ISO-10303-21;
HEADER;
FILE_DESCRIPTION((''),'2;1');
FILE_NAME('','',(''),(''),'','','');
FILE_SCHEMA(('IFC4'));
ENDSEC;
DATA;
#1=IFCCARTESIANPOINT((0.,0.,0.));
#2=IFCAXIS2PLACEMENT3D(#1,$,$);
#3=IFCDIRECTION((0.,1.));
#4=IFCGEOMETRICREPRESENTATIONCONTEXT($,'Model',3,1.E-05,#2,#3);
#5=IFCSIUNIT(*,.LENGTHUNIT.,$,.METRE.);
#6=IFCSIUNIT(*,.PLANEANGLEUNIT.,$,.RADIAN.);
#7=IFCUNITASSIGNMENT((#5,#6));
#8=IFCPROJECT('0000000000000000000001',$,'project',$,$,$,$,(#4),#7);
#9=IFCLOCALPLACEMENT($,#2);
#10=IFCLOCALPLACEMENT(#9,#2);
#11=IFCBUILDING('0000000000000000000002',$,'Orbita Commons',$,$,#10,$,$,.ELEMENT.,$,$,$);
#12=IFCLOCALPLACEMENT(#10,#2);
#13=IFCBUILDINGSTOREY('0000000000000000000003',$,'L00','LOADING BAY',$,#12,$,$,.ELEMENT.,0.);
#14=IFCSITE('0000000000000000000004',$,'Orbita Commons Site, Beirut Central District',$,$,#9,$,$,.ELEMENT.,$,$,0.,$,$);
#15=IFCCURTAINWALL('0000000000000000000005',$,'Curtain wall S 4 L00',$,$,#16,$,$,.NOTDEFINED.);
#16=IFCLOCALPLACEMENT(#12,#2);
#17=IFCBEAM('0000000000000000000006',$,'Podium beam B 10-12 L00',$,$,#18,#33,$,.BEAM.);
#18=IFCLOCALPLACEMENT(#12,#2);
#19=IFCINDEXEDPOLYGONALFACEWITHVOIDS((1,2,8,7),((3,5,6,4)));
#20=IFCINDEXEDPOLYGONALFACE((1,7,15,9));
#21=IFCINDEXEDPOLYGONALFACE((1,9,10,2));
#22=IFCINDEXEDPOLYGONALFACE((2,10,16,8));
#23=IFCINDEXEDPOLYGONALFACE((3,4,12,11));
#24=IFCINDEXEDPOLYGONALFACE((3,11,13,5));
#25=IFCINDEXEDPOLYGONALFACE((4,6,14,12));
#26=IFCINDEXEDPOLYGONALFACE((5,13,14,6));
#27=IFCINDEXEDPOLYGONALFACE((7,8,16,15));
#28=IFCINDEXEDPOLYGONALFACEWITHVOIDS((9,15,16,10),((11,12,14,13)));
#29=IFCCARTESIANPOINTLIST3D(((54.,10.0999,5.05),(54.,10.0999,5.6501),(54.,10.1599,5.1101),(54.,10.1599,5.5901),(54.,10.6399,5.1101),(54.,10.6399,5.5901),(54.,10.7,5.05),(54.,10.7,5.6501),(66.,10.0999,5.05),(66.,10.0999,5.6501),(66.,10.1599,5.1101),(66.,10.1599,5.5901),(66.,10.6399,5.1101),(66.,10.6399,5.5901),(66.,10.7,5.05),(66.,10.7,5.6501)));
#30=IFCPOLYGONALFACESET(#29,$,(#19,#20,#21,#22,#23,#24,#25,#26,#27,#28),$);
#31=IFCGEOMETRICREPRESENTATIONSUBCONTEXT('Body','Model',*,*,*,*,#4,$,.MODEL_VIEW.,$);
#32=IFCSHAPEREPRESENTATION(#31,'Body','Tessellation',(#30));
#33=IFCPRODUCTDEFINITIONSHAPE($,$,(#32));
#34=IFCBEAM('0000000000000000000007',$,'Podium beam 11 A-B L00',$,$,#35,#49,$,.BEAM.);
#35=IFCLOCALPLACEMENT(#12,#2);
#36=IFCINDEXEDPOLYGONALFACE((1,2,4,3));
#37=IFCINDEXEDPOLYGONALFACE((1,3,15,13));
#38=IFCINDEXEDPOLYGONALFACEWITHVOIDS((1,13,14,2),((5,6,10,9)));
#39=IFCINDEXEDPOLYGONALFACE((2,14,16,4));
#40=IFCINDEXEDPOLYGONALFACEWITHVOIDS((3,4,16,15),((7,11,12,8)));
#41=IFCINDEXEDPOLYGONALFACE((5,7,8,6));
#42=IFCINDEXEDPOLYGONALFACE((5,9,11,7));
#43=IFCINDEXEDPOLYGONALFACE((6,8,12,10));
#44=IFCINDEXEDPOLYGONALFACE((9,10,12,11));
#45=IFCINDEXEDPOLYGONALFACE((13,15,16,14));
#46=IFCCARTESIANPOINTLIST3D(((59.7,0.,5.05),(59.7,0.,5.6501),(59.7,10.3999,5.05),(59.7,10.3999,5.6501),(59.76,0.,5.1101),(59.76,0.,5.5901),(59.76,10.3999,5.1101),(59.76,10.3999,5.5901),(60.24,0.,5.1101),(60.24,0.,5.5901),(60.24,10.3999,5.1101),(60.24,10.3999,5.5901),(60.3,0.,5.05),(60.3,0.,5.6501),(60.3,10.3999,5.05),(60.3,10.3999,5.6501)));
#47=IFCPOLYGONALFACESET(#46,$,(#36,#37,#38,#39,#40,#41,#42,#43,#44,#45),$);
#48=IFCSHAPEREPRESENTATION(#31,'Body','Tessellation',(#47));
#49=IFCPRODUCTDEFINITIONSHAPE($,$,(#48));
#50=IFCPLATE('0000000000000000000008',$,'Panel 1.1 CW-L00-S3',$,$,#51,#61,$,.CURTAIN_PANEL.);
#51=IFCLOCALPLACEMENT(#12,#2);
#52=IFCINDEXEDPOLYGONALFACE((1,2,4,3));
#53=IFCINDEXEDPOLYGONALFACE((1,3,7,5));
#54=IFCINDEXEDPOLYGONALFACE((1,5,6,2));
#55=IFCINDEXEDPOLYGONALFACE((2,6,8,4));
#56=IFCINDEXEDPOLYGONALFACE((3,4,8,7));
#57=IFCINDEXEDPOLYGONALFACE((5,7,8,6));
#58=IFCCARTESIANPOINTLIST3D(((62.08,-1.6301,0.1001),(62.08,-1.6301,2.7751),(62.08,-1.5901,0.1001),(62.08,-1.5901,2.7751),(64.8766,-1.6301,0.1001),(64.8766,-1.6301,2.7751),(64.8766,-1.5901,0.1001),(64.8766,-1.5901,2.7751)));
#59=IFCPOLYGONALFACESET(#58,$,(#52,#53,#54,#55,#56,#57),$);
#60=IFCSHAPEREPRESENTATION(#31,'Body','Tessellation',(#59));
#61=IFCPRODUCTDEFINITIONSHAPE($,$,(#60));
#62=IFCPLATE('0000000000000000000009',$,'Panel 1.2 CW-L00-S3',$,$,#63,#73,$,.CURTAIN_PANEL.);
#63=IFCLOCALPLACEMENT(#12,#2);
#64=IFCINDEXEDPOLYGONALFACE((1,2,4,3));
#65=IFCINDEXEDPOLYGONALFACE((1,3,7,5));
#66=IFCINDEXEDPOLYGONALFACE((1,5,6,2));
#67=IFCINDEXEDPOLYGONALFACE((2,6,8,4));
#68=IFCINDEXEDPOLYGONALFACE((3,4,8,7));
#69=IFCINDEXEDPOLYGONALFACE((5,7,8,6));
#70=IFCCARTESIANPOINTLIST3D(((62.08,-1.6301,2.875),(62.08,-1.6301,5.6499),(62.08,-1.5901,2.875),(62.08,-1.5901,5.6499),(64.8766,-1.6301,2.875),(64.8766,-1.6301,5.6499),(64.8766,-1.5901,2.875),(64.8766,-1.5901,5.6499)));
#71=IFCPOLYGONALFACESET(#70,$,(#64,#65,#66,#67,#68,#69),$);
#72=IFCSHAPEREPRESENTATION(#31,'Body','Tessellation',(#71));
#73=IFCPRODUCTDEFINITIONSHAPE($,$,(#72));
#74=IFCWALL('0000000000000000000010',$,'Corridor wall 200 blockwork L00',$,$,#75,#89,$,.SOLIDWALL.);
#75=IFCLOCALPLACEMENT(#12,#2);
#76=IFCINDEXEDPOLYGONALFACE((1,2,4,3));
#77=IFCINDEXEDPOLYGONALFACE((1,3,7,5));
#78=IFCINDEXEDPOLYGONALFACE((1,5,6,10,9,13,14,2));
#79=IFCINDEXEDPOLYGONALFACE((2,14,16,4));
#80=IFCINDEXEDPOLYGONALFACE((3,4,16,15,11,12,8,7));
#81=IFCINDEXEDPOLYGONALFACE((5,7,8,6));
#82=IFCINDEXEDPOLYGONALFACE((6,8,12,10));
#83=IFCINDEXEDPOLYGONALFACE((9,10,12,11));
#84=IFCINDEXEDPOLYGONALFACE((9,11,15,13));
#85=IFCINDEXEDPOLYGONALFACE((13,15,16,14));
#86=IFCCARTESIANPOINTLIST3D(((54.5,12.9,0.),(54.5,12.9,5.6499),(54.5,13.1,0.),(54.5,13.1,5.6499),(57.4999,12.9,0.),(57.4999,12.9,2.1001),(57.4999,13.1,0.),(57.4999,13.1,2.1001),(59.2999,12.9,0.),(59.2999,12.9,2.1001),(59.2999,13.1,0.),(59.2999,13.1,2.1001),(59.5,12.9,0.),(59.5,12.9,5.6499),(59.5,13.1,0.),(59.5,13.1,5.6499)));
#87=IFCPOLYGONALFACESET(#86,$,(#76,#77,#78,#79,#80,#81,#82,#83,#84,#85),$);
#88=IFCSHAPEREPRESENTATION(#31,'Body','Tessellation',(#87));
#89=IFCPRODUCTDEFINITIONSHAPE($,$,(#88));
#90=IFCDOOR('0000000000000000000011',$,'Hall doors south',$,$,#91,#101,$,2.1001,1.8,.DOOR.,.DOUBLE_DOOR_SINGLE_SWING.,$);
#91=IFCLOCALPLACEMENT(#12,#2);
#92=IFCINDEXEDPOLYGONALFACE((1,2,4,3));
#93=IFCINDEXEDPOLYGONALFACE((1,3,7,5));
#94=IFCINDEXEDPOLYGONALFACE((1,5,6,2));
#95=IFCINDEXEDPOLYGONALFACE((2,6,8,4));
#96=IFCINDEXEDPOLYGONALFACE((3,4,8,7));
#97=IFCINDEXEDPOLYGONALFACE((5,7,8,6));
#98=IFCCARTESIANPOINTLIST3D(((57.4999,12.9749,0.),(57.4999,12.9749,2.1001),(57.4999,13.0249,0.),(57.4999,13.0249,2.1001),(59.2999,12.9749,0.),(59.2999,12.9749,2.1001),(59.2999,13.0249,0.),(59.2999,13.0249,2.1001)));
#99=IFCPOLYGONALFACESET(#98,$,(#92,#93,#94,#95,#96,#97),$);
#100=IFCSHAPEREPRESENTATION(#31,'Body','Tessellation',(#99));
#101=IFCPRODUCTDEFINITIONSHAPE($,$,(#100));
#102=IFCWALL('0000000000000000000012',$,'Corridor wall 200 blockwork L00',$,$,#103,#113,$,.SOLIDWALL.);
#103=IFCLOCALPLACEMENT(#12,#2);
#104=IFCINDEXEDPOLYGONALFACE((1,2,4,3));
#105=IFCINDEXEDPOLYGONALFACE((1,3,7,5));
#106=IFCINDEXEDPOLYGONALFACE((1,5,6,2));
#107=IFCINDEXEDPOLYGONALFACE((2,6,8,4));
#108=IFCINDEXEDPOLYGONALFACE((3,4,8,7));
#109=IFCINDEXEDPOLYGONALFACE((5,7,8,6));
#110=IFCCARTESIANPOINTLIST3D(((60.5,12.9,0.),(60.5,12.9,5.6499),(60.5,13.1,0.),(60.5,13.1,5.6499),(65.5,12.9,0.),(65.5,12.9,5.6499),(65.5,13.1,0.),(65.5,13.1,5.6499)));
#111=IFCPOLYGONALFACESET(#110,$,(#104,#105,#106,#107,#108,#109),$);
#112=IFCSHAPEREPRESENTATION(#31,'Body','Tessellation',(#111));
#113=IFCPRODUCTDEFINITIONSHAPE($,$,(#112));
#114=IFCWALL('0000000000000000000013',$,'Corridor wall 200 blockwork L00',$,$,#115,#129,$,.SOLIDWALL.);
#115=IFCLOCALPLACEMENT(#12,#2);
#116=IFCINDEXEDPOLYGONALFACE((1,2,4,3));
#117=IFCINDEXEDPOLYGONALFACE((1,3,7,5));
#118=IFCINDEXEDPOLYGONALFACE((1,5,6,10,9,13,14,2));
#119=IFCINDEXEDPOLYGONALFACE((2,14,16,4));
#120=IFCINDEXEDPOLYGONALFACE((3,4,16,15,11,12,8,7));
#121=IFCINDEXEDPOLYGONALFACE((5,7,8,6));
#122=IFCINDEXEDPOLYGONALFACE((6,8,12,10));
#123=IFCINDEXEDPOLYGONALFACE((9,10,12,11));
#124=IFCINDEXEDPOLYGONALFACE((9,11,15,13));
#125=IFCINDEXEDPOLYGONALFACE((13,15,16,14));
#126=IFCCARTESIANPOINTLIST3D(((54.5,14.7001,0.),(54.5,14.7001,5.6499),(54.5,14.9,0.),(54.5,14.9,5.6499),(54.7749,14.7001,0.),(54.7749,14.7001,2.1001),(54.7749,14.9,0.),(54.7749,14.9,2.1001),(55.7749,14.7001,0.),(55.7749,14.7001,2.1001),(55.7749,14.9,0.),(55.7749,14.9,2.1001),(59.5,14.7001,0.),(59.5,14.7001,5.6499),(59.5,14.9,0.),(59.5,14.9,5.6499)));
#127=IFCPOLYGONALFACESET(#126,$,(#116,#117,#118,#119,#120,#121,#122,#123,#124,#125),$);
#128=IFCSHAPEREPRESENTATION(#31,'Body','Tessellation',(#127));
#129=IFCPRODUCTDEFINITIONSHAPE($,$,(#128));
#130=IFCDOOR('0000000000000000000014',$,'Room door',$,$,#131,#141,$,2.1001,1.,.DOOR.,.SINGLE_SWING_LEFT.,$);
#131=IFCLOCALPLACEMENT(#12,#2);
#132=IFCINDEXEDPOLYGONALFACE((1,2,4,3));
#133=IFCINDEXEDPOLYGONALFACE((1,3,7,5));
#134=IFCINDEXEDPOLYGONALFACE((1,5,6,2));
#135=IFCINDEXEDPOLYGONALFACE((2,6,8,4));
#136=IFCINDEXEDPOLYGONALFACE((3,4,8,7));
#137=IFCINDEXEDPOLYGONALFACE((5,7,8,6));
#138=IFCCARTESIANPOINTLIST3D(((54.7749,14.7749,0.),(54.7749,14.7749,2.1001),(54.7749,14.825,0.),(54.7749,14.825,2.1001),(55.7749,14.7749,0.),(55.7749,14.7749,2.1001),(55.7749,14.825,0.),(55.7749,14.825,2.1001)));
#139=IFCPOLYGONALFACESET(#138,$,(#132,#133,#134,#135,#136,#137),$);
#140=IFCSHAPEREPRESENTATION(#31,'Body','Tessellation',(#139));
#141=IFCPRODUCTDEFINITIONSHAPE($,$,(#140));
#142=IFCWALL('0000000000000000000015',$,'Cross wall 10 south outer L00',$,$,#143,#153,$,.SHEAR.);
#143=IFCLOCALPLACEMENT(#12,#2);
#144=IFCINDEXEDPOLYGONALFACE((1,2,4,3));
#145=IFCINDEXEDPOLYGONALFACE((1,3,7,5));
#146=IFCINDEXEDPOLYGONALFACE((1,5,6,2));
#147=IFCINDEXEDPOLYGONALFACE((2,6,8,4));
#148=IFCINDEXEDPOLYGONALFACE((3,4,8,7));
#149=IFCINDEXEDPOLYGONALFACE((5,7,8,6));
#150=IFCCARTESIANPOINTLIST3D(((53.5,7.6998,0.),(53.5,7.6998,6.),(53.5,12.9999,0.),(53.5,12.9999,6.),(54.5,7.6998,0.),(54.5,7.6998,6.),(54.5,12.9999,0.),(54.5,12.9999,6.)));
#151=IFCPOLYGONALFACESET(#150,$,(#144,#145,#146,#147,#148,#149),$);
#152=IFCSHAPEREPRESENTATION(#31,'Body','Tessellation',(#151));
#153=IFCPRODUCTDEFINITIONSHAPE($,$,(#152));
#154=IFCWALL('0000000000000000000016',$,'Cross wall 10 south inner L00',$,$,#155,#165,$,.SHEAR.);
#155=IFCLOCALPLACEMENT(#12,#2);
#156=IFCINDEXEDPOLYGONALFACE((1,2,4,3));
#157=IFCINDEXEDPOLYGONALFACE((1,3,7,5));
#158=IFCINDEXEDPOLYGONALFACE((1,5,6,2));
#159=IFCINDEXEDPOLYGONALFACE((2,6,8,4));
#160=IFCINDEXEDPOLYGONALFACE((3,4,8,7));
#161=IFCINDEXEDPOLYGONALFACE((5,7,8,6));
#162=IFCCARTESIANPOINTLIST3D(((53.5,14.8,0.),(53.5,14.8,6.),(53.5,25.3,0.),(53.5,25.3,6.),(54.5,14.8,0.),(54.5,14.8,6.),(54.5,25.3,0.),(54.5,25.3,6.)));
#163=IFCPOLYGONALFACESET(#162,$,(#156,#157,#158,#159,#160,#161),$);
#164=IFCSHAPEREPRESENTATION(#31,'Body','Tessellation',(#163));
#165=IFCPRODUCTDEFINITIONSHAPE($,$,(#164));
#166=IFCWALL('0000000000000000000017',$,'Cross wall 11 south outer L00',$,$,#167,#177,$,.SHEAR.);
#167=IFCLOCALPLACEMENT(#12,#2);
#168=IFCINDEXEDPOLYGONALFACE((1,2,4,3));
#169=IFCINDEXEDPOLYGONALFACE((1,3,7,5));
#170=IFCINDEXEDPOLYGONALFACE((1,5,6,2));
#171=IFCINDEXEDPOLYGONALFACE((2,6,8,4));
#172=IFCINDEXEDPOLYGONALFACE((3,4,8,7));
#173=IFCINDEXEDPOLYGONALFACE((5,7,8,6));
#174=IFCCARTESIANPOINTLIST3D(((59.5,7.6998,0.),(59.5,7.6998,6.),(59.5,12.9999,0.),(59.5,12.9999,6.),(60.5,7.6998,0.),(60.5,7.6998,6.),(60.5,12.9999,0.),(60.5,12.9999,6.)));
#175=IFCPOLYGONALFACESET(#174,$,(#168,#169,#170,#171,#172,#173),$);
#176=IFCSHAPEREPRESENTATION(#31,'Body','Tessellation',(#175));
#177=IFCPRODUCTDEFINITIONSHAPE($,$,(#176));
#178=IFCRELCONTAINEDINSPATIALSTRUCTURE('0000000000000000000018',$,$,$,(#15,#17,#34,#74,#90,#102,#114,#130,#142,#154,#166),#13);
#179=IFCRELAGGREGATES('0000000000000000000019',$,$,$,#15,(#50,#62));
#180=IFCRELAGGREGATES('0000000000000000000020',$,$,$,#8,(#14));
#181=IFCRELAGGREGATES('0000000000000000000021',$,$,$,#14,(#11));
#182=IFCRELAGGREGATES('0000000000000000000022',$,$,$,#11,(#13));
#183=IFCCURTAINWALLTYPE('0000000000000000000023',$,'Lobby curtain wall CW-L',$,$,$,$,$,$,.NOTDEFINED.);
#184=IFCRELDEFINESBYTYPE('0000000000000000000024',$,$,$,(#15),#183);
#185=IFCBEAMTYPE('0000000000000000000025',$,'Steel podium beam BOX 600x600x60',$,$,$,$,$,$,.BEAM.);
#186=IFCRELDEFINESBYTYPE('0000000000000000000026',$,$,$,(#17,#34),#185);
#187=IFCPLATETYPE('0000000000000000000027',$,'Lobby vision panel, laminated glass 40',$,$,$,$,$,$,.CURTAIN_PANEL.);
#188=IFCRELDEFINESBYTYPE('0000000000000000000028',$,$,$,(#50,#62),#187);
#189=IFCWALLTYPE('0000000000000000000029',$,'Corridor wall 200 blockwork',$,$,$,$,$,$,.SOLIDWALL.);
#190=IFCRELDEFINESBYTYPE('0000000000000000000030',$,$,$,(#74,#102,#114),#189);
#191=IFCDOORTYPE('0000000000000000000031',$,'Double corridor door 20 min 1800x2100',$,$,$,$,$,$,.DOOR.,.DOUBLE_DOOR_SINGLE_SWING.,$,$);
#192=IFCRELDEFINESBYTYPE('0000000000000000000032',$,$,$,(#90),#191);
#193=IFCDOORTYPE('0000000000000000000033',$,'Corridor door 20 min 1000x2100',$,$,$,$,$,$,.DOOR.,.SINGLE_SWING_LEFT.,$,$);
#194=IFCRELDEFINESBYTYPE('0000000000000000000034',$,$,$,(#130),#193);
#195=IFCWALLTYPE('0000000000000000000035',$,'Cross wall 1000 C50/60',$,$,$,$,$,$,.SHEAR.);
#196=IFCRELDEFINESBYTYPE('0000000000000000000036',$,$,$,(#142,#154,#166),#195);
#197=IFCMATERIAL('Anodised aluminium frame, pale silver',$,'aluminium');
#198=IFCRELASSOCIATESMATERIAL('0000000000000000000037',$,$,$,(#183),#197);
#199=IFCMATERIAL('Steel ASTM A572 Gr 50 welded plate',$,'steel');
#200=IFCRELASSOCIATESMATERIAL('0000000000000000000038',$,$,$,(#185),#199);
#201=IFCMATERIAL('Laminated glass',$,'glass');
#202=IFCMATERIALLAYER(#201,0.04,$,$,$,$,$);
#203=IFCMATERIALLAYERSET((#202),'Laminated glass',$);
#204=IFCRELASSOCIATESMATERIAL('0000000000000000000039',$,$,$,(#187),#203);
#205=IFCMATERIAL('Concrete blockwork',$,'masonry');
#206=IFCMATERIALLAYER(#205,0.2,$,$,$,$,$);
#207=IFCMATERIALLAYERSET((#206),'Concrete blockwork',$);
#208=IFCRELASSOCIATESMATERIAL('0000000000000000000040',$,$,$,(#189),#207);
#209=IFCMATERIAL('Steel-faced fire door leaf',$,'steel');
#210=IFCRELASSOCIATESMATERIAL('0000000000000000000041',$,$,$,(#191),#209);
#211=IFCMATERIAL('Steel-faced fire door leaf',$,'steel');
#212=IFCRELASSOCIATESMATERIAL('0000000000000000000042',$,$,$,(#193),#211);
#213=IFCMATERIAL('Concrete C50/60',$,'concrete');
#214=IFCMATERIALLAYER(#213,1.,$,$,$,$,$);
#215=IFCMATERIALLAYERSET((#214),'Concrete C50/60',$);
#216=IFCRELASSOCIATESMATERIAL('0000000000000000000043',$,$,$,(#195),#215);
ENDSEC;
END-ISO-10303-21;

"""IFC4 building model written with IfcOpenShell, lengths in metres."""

from ifc_helpers import new_model, si_unit, direction, frame, frame_2d, origin, origin_2d, place, context, subcontext, project, spatial, rectangle, hollow_rectangle, extrude, material, layer, layer_set, material_profile, profile_set, type_object, element, fill, aggregate, save


model = new_model("IFC4")

# Units and contexts
model_context = context("Model", 3, precision=1e-05, world=origin(), true_north=direction((0.0, 1.0)))
body_context = subcontext(model_context, "Body", "Model", "MODEL_VIEW")
ifc_project = project(units=[si_unit("LENGTHUNIT", "METRE"), si_unit("PLANEANGLEUNIT", "RADIAN")], contexts=[model_context])

# Site, building, storey
site_placement = place(None, origin())
site = spatial("IfcSite", under=ifc_project, at=site_placement, Name="Orbita Commons Site, Beirut Central District", CompositionType="ELEMENT", RefElevation=0.0)
building_placement = place(site_placement, origin())
building = spatial("IfcBuilding", under=site, at=building_placement, Name="Orbita Commons", CompositionType="ELEMENT")
storey_placement = place(building_placement, origin())
storey = spatial("IfcBuildingStorey", under=building, at=storey_placement, Name="L00", Description="LOADING BAY", CompositionType="ELEMENT", Elevation=0.0)

# Curtain wall
ifc_material_1 = material(Name="Anodised aluminium frame, pale silver", Category="aluminium")
curtain_wall_type = type_object("IfcCurtainWallType", Name="Lobby curtain wall CW-L", PredefinedType="NOTDEFINED", material=ifc_material_1)
curtain_wall_placement = place(storey_placement, origin())
curtain_wall = element("IfcCurtainWall", 1, at=curtain_wall_placement, inside=storey, type_object=curtain_wall_type, Name="Curtain wall S 4 L00", PredefinedType="NOTDEFINED")

# Beams
ifc_material_2 = material(Name="Steel ASTM A572 Gr 50 welded plate", Category="steel")
ifc_material_profile_1 = material_profile(ifc_material_2, hollow_rectangle(XDim=0.6001, YDim=0.6001, WallThickness=0.0601, at=origin_2d()), Name="BOX 600x600x60")
ifc_profile_set_1 = profile_set([ifc_material_profile_1], Name="Steel ASTM A572 Gr 50 welded plate")
beam_type_1 = type_object("IfcBeamType", Name="Steel podium beam BOX 600x600x60", PredefinedType="BEAM", material=ifc_profile_set_1)
beam_1_placement = place(storey_placement, frame((54.0, 10.3999, 5.3501), z_axis=(1.0, 0.0, 0.0), x_axis=(0.0, 1.0, 0.0)))
element("IfcBeam", 2, at=beam_1_placement, inside=storey, type_object=beam_type_1, Name="Podium beam B 10-12 L00", PredefinedType="BEAM", context=body_context, shape_type="SweptSolid", body=[
    extrude(hollow_rectangle(XDim=0.6001, YDim=0.6001, WallThickness=0.0601, at=origin_2d()), origin(), (0.0, 0.0, 1.0), 12.0),
])
beam_2_placement = place(storey_placement, frame((60.0, 0.0, 5.3501), z_axis=(0.0, 1.0, 0.0), x_axis=(-1.0, 0.0, 0.0)))
element("IfcBeam", 3, at=beam_2_placement, inside=storey, type_object=beam_type_1, Name="Podium beam 11 A-B L00", PredefinedType="BEAM", context=body_context, shape_type="SweptSolid", body=[
    extrude(hollow_rectangle(XDim=0.6001, YDim=0.6001, WallThickness=0.0601, at=origin_2d()), origin(), (0.0, 0.0, 1.0), 10.3999),
])

# Plates
ifc_material_3 = material(Name="Laminated glass", Category="glass")
ifc_layer_1 = layer(ifc_material_3, 0.04)
ifc_layer_set_1 = layer_set([ifc_layer_1], Name="Laminated glass")
plate_type = type_object("IfcPlateType", Name="Lobby vision panel, laminated glass 40", PredefinedType="CURTAIN_PANEL", material=ifc_layer_set_1)
plate_1_placement = place(storey_placement, frame((63.4783, -1.6101, 0.1001), z_axis=(0.0, 0.0, 1.0), x_axis=(1.0, 0.0, 0.0)))
plate_1 = element("IfcPlate", 4, at=plate_1_placement, type_object=plate_type, Name="Panel 1.1 CW-L00-S3", PredefinedType="CURTAIN_PANEL", context=body_context, shape_type="SweptSolid", body=[
    extrude(rectangle(XDim=2.7966, YDim=0.04, at=origin_2d()), origin(), (0.0, 0.0, 1.0), 2.675),
])
plate_2_placement = place(storey_placement, frame((63.4783, -1.6101, 2.875), z_axis=(0.0, 0.0, 1.0), x_axis=(1.0, 0.0, 0.0)))
plate_2 = element("IfcPlate", 5, at=plate_2_placement, type_object=plate_type, Name="Panel 1.2 CW-L00-S3", PredefinedType="CURTAIN_PANEL", context=body_context, shape_type="SweptSolid", body=[
    extrude(rectangle(XDim=2.7966, YDim=0.04, at=origin_2d()), origin(), (0.0, 0.0, 1.0), 2.7749),
])
aggregate(curtain_wall, [plate_1, plate_2])

# Wall, opening, door
ifc_material_4 = material(Name="Concrete blockwork", Category="masonry")
ifc_layer_2 = layer(ifc_material_4, 0.2)
ifc_layer_set_2 = layer_set([ifc_layer_2], Name="Concrete blockwork")
wall_type_1 = type_object("IfcWallType", Name="Corridor wall 200 blockwork", PredefinedType="SOLIDWALL", material=ifc_layer_set_2)
wall_1_placement = place(storey_placement, frame((54.5, 13.0, 0.0), z_axis=(0.0, 0.0, 1.0), x_axis=(1.0, 0.0, 0.0)))
wall_1 = element("IfcWall", 6, at=wall_1_placement, inside=storey, type_object=wall_type_1, Name="Corridor wall 200 blockwork L00", PredefinedType="SOLIDWALL", context=body_context, shape_type="SweptSolid", body=[
    extrude(rectangle(XDim=5.0, YDim=0.2, at=frame_2d((2.5, 0.0))), origin(), (0.0, 0.0, 1.0), 5.6499),
])
opening_1_placement = place(wall_1_placement, frame((3.0, 0.0, 0.0)))
opening_1 = element("IfcOpeningElement", 7, at=opening_1_placement, cuts=wall_1, PredefinedType="OPENING", context=body_context, shape_type="SweptSolid", body=[
    extrude(rectangle(XDim=1.8, YDim=2.1001, at=frame_2d((0.8999, 1.05))), frame((0.0, 0.1099, 0.0), z_axis=(0.0, -1.0, 0.0), x_axis=(1.0, 0.0, 0.0)), (0.0, 0.0, 1.0), 0.22),
])
ifc_material_5 = material(Name="Steel-faced fire door leaf", Category="steel")
door_type_1 = type_object("IfcDoorType", Name="Double corridor door 20 min 1800x2100", OperationType="DOUBLE_DOOR_SINGLE_SWING", PredefinedType="DOOR", material=ifc_material_5)
door_1_placement = place(opening_1_placement, origin())
door_1 = element("IfcDoor", 8, at=door_1_placement, inside=storey, type_object=door_type_1, Name="Hall doors south", OperationType="DOUBLE_DOOR_SINGLE_SWING", OverallHeight=2.1001, OverallWidth=1.8, PredefinedType="DOOR", context=body_context, shape_type="SweptSolid", body=[
    extrude(rectangle(XDim=1.8, YDim=2.1001, at=frame_2d((0.8999, 1.05))), frame((0.0, 0.0249, 0.0), z_axis=(0.0, -1.0, 0.0), x_axis=(1.0, 0.0, 0.0)), (0.0, 0.0, 1.0), 0.05),
])
fill(opening_1, door_1)

# Wall
wall_2_placement = place(storey_placement, frame((60.5, 13.0, 0.0), z_axis=(0.0, 0.0, 1.0), x_axis=(1.0, 0.0, 0.0)))
element("IfcWall", 9, at=wall_2_placement, inside=storey, type_object=wall_type_1, Name="Corridor wall 200 blockwork L00", PredefinedType="SOLIDWALL", context=body_context, shape_type="SweptSolid", body=[
    extrude(rectangle(XDim=5.0, YDim=0.2, at=frame_2d((2.5, 0.0))), origin(), (0.0, 0.0, 1.0), 5.6499),
])

# Wall, opening, door
wall_3_placement = place(storey_placement, frame((54.5, 14.8, 0.0), z_axis=(0.0, 0.0, 1.0), x_axis=(1.0, 0.0, 0.0)))
wall_3 = element("IfcWall", 10, at=wall_3_placement, inside=storey, type_object=wall_type_1, Name="Corridor wall 200 blockwork L00", PredefinedType="SOLIDWALL", context=body_context, shape_type="SweptSolid", body=[
    extrude(rectangle(XDim=5.0, YDim=0.2, at=frame_2d((2.5, 0.0))), origin(), (0.0, 0.0, 1.0), 5.6499),
])
opening_2_placement = place(wall_3_placement, frame((0.2749, 0.0, 0.0)))
opening_2 = element("IfcOpeningElement", 11, at=opening_2_placement, cuts=wall_3, PredefinedType="OPENING", context=body_context, shape_type="SweptSolid", body=[
    extrude(rectangle(XDim=1.0, YDim=2.1001, at=frame_2d((0.5, 1.05))), frame((0.0, 0.1099, 0.0), z_axis=(0.0, -1.0, 0.0), x_axis=(1.0, 0.0, 0.0)), (0.0, 0.0, 1.0), 0.22),
])
ifc_material_6 = material(Name="Steel-faced fire door leaf", Category="steel")
door_type_2 = type_object("IfcDoorType", Name="Corridor door 20 min 1000x2100", OperationType="SINGLE_SWING_LEFT", PredefinedType="DOOR", material=ifc_material_6)
door_2_placement = place(opening_2_placement, origin())
door_2 = element("IfcDoor", 12, at=door_2_placement, inside=storey, type_object=door_type_2, Name="Room door", OperationType="SINGLE_SWING_LEFT", OverallHeight=2.1001, OverallWidth=1.0, PredefinedType="DOOR", context=body_context, shape_type="SweptSolid", body=[
    extrude(rectangle(XDim=1.0, YDim=2.1001, at=frame_2d((0.5, 1.05))), frame((0.0, 0.0249, 0.0), z_axis=(0.0, -1.0, 0.0), x_axis=(1.0, 0.0, 0.0)), (0.0, 0.0, 1.0), 0.05),
])
fill(opening_2, door_2)

# Walls
ifc_material_7 = material(Name="Concrete C50/60", Category="concrete")
ifc_layer_3 = layer(ifc_material_7, 1.0)
ifc_layer_set_3 = layer_set([ifc_layer_3], Name="Concrete C50/60")
wall_type_2 = type_object("IfcWallType", Name="Cross wall 1000 C50/60", PredefinedType="SHEAR", material=ifc_layer_set_3)
wall_4_placement = place(storey_placement, frame((54.0, 7.7, 0.0), z_axis=(0.0, 0.0, 1.0), x_axis=(0.0, 1.0, 0.0)))
element("IfcWall", 13, at=wall_4_placement, inside=storey, type_object=wall_type_2, Name="Cross wall 10 south outer L00", PredefinedType="SHEAR", context=body_context, shape_type="SweptSolid", body=[
    extrude(rectangle(XDim=5.3, YDim=1.0, at=frame_2d((2.6499, 0.0))), origin(), (0.0, 0.0, 1.0), 6.0),
])
wall_5_placement = place(storey_placement, frame((54.0, 14.8, 0.0), z_axis=(0.0, 0.0, 1.0), x_axis=(0.0, 1.0, 0.0)))
element("IfcWall", 14, at=wall_5_placement, inside=storey, type_object=wall_type_2, Name="Cross wall 10 south inner L00", PredefinedType="SHEAR", context=body_context, shape_type="SweptSolid", body=[
    extrude(rectangle(XDim=10.5, YDim=1.0, at=frame_2d((5.25, 0.0))), origin(), (0.0, 0.0, 1.0), 6.0),
])
wall_6_placement = place(storey_placement, frame((60.0, 7.7, 0.0), z_axis=(0.0, 0.0, 1.0), x_axis=(0.0, 1.0, 0.0)))
element("IfcWall", 15, at=wall_6_placement, inside=storey, type_object=wall_type_2, Name="Cross wall 11 south outer L00", PredefinedType="SHEAR", context=body_context, shape_type="SweptSolid", body=[
    extrude(rectangle(XDim=5.3, YDim=1.0, at=frame_2d((2.6499, 0.0))), origin(), (0.0, 0.0, 1.0), 6.0),
])

save(model, "model.ifc")
